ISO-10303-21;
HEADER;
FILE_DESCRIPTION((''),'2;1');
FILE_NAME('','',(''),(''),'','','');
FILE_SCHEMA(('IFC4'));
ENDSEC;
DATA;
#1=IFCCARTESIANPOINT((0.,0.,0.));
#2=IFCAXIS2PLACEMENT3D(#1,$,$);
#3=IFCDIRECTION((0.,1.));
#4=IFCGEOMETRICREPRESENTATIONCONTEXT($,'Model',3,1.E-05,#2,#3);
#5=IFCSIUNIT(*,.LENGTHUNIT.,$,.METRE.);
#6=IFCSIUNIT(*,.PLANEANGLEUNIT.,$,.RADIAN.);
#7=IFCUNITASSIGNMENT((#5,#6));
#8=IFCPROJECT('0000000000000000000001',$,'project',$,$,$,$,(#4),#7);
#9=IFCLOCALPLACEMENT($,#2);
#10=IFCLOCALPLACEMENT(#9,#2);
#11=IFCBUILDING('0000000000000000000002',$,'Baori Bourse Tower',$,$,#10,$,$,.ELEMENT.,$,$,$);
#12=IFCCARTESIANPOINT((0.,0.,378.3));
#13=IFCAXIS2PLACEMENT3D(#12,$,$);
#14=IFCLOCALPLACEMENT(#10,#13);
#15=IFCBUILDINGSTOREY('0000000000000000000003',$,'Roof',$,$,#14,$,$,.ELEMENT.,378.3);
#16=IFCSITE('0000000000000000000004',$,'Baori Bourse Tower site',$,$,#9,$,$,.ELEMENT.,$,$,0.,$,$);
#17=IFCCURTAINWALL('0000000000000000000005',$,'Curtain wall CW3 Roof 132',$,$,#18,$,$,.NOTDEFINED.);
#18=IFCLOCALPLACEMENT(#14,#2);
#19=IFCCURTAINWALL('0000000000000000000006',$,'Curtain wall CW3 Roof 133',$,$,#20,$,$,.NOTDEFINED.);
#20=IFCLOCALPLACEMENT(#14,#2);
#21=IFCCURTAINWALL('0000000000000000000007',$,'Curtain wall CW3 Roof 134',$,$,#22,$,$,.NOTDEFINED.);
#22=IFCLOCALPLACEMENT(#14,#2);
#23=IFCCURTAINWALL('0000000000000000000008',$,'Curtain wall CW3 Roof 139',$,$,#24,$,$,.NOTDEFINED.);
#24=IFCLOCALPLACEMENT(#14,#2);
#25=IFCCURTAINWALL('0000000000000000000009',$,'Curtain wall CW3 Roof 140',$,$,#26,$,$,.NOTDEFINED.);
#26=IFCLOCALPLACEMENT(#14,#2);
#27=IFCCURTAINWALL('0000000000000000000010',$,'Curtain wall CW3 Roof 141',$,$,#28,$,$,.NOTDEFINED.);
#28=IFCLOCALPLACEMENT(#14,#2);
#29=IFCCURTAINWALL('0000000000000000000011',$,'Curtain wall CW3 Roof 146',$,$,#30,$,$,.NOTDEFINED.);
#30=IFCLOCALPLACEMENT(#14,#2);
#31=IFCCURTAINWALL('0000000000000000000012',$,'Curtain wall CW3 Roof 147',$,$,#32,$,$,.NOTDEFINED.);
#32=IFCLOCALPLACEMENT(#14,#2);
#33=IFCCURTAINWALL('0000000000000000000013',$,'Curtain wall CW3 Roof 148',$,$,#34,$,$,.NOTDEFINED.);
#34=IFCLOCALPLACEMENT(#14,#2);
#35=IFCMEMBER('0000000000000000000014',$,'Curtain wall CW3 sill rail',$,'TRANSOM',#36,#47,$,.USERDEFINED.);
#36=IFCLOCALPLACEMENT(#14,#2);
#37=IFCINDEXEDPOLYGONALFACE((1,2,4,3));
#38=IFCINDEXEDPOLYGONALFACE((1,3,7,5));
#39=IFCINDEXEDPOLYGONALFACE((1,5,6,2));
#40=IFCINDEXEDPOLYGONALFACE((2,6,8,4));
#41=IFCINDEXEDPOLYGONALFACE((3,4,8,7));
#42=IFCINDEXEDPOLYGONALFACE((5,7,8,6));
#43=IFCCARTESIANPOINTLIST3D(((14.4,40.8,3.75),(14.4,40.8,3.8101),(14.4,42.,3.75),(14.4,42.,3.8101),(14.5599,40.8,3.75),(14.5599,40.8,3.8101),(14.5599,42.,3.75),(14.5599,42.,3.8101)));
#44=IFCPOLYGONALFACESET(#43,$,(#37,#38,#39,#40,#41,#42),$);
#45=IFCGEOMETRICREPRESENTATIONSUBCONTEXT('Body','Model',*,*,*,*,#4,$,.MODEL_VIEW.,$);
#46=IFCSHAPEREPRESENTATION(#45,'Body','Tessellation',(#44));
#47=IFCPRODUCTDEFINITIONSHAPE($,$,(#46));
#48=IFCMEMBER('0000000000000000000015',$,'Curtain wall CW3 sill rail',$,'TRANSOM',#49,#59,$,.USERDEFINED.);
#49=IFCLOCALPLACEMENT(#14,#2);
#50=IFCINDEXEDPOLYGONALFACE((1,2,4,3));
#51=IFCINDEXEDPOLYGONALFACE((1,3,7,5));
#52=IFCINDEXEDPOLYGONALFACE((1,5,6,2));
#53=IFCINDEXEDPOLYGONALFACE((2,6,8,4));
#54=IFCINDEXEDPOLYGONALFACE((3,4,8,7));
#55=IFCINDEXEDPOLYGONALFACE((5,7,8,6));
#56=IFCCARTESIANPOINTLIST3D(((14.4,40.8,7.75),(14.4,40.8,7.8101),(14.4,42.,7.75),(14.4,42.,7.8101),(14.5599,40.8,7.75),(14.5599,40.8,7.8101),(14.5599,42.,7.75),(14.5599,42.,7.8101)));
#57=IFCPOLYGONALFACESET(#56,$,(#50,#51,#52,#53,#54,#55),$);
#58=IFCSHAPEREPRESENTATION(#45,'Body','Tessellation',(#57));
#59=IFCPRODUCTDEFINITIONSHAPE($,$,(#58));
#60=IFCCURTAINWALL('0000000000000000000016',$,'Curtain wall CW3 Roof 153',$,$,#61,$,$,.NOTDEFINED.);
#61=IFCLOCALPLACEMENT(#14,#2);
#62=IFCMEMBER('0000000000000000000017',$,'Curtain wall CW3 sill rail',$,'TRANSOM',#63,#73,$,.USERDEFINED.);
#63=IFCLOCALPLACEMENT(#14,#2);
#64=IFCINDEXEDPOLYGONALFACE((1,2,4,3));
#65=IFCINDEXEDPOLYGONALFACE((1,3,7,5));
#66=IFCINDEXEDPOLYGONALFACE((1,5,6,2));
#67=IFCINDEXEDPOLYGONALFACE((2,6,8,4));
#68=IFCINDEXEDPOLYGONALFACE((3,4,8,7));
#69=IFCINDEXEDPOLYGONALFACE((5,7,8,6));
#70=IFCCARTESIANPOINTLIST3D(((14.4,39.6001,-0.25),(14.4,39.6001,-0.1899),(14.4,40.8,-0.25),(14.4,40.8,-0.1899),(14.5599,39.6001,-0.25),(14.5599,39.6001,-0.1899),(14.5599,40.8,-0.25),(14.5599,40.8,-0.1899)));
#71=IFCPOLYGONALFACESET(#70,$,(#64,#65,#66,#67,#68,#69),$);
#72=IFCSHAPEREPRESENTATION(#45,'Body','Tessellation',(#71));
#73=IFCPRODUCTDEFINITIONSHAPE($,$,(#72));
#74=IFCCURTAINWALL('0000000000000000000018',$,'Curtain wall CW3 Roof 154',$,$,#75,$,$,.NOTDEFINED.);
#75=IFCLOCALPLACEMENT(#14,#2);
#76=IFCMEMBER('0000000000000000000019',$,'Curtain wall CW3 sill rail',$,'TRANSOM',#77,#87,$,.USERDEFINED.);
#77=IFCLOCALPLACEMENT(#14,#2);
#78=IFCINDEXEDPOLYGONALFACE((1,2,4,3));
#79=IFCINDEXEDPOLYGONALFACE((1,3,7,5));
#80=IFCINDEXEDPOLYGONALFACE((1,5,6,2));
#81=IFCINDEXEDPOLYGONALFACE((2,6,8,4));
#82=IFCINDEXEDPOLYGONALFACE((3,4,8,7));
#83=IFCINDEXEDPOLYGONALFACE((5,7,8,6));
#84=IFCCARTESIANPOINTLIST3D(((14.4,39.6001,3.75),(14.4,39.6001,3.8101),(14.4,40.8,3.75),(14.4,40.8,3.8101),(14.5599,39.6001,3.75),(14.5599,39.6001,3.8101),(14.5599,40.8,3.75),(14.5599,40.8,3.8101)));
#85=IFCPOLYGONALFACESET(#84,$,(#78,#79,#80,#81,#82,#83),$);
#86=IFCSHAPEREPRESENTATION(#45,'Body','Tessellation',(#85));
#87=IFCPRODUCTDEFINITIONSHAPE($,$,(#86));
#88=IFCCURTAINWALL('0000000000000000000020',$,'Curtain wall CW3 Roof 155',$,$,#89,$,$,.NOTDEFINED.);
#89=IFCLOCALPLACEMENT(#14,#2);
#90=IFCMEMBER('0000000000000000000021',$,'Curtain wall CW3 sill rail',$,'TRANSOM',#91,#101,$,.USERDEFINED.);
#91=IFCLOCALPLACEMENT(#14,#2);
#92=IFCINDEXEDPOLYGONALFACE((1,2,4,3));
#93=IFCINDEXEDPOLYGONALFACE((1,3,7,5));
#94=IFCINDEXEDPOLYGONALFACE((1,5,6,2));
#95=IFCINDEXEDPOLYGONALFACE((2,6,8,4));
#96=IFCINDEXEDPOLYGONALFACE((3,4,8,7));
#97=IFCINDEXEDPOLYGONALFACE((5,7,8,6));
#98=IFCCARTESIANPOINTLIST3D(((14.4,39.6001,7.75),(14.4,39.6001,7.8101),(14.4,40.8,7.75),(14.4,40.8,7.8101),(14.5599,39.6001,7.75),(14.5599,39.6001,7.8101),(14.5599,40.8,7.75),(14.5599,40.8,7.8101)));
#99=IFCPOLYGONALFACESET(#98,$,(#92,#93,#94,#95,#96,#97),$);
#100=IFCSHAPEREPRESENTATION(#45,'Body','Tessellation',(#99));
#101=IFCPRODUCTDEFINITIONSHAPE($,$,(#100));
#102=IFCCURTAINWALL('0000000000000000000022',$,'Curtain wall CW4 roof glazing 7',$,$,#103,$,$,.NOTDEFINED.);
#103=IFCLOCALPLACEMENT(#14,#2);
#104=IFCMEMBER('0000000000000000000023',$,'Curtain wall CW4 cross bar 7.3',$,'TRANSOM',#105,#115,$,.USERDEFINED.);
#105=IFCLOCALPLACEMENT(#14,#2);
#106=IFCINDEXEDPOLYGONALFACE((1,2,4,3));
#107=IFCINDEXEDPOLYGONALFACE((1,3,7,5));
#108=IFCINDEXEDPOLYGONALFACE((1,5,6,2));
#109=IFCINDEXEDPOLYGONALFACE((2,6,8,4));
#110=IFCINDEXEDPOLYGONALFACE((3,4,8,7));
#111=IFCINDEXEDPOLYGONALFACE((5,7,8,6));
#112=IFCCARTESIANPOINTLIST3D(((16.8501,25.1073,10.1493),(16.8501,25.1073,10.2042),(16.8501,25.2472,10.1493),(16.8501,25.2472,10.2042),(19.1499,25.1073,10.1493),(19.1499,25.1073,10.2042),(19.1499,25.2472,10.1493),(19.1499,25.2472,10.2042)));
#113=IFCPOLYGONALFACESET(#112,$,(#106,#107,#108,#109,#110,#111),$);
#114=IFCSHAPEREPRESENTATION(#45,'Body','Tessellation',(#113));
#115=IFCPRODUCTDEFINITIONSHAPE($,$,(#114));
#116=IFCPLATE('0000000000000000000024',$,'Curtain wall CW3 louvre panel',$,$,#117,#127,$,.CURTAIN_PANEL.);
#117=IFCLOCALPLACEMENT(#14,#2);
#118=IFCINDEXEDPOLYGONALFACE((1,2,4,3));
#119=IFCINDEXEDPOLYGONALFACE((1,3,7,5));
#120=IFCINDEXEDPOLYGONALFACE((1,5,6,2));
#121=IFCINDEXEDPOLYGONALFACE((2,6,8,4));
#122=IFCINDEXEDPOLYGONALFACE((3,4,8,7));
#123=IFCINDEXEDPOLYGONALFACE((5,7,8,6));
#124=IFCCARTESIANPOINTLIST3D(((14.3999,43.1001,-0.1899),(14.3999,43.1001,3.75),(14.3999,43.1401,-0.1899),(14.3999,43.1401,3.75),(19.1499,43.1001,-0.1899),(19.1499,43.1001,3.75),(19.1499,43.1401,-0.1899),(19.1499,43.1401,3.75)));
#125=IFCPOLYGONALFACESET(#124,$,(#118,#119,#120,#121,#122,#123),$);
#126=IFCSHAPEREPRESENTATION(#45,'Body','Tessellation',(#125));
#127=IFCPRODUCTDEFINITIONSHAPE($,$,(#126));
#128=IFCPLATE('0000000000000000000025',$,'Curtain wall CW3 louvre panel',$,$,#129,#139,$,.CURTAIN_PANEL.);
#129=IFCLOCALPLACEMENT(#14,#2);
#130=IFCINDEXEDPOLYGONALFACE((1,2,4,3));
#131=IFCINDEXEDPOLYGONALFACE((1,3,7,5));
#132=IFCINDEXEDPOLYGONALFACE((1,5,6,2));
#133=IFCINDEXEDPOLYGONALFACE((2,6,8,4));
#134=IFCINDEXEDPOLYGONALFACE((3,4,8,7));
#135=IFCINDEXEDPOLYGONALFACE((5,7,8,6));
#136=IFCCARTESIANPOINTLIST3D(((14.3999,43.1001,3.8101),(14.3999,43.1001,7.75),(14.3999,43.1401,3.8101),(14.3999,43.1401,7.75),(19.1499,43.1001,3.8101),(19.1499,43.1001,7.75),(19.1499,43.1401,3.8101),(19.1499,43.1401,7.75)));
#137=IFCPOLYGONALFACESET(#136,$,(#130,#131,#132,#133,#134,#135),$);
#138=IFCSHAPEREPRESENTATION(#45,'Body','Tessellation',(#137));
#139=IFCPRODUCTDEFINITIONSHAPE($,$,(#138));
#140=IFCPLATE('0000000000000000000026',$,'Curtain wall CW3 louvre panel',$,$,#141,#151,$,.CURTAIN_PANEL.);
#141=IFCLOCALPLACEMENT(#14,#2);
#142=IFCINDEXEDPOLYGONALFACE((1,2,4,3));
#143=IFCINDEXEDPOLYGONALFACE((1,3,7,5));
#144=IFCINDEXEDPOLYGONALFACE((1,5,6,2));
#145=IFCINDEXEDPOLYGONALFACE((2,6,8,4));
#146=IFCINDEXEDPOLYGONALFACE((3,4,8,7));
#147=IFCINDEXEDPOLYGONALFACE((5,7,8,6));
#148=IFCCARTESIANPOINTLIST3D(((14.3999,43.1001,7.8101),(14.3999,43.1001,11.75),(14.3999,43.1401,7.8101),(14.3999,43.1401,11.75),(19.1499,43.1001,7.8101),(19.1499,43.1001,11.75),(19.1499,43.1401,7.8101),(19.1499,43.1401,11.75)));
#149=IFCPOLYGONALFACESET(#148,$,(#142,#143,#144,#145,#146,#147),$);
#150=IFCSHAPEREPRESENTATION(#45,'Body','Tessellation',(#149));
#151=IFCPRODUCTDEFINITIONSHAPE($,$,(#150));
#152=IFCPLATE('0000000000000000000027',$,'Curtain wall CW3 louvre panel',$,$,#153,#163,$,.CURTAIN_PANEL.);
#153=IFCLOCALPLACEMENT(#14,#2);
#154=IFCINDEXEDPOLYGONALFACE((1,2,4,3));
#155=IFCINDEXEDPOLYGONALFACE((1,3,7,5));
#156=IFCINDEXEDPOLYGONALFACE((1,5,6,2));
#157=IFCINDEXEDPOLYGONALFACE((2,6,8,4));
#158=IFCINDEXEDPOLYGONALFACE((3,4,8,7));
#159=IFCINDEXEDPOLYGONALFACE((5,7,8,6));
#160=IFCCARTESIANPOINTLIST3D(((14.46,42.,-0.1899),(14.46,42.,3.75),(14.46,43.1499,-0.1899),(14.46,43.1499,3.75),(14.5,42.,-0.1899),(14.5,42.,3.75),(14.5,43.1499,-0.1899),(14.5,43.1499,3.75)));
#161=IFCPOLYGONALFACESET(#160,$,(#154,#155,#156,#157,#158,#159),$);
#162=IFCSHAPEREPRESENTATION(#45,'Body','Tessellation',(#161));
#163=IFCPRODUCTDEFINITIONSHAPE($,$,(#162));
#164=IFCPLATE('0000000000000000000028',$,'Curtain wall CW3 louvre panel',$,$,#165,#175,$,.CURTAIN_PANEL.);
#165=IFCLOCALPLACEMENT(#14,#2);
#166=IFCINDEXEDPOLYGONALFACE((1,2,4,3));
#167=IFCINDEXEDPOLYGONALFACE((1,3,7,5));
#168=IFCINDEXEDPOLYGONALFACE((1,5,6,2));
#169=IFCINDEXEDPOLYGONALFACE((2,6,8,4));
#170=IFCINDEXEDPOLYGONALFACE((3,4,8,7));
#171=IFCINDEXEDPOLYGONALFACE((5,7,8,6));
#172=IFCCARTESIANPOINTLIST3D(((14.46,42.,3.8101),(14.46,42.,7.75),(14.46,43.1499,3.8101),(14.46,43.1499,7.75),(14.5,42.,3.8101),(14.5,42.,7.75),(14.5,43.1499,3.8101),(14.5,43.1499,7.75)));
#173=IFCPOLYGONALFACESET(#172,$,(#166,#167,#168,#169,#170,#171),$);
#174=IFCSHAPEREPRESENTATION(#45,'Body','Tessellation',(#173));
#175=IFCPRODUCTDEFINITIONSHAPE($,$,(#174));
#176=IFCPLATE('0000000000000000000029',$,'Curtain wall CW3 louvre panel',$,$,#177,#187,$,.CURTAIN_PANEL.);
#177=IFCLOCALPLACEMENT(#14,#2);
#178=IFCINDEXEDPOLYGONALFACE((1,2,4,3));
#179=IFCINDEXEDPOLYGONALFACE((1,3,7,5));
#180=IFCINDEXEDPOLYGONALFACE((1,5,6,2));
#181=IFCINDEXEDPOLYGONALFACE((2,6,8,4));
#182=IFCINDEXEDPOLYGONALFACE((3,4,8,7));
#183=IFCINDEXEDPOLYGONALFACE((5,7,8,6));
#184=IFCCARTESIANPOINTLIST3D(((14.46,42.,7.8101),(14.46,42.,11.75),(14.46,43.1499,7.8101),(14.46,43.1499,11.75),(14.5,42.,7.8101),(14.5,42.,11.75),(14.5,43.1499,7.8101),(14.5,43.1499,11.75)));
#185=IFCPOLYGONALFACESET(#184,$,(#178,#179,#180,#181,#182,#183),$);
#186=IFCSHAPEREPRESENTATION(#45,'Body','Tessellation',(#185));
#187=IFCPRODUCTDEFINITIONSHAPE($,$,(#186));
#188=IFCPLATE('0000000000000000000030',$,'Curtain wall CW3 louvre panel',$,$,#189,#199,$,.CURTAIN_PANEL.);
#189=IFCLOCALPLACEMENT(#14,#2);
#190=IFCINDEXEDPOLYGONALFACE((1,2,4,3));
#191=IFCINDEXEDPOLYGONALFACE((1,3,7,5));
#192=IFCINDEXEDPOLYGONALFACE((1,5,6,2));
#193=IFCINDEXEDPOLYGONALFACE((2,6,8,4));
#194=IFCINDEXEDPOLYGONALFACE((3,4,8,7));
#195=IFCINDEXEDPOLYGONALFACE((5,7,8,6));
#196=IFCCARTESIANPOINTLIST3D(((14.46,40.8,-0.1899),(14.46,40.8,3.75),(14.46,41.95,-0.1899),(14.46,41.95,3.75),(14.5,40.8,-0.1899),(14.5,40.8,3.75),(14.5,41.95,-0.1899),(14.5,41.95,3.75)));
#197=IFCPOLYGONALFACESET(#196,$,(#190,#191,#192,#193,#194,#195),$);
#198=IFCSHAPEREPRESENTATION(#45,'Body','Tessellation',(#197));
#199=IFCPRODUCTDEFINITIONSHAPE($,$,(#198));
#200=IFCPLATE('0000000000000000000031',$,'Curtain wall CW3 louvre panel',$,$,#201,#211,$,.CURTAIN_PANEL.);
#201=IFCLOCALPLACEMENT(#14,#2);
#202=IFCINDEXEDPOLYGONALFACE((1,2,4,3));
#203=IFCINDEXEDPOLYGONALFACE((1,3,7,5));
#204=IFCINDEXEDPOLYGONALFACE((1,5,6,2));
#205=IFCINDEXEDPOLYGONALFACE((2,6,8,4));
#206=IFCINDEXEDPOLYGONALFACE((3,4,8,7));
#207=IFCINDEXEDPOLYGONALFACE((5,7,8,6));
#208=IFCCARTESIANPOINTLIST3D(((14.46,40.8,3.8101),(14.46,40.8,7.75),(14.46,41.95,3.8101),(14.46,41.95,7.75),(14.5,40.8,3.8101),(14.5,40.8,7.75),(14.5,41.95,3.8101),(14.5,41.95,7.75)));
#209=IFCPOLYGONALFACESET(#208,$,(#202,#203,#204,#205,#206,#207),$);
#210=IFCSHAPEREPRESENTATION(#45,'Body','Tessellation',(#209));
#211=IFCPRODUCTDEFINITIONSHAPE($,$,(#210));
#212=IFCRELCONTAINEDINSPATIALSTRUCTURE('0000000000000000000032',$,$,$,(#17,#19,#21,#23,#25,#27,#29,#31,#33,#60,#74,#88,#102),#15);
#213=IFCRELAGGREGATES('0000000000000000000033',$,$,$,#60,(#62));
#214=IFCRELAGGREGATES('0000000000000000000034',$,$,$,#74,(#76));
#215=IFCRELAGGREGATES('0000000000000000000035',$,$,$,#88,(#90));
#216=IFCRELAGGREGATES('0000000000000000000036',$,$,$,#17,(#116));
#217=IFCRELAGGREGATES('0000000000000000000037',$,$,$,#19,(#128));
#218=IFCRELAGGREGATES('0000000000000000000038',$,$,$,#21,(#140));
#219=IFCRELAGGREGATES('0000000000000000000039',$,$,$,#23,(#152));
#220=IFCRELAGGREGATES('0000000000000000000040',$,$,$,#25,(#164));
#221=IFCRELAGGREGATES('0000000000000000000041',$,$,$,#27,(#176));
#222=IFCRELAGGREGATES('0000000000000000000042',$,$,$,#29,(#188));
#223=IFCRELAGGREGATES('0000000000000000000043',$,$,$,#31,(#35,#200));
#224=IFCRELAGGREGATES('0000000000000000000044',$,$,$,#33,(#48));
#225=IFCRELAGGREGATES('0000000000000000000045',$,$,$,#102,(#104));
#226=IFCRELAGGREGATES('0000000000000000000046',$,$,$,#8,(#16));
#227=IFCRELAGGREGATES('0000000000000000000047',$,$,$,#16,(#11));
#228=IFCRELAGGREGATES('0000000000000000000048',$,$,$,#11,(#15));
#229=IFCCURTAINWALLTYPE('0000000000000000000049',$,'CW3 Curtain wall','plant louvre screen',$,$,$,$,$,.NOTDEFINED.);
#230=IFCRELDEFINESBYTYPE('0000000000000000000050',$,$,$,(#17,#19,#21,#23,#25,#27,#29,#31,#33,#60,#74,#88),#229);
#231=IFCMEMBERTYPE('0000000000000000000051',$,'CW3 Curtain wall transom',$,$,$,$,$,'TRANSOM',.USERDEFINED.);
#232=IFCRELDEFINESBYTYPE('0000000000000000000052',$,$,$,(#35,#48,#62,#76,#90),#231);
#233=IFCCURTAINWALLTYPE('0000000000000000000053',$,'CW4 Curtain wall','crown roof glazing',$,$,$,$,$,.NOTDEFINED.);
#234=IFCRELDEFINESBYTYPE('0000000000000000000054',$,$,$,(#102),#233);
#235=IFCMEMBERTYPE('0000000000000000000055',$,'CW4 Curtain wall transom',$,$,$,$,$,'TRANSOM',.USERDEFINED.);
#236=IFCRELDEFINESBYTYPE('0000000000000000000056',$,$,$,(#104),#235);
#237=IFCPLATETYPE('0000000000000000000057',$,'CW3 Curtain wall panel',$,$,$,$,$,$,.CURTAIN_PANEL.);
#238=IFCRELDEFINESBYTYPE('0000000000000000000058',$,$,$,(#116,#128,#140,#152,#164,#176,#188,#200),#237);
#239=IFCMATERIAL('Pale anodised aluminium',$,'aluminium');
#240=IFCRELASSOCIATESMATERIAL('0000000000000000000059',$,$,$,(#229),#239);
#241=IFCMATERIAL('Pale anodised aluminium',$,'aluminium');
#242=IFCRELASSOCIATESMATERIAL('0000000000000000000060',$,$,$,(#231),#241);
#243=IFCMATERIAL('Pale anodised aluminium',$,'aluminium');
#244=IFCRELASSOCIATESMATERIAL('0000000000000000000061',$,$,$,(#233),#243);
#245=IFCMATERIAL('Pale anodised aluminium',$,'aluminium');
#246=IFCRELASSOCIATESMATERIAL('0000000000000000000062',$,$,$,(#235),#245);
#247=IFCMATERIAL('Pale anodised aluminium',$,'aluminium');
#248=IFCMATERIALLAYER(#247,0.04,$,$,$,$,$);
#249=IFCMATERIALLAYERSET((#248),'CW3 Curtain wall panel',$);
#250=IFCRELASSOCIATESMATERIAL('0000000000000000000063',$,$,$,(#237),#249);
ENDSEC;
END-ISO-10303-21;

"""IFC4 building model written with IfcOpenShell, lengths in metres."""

from ifc_helpers import new_model, si_unit, direction, frame, origin, origin_2d, place, context, subcontext, project, spatial, rectangle, extrude, material, layer, layer_set, material_profile, profile_set, type_object, element, aggregate, save


model = new_model("IFC4")

# Units and contexts
model_context = context("Model", 3, precision=1e-05, world=origin(), true_north=direction((0.0, 1.0)))
body_context = subcontext(model_context, "Body", "Model", "MODEL_VIEW")
ifc_project = project(units=[si_unit("LENGTHUNIT", "METRE"), si_unit("PLANEANGLEUNIT", "RADIAN")], contexts=[model_context])

# Site, building, storey
site_placement = place(None, origin())
site = spatial("IfcSite", under=ifc_project, at=site_placement, Name="Baori Bourse Tower site", CompositionType="ELEMENT", RefElevation=0.0)
building_placement = place(site_placement, origin())
building = spatial("IfcBuilding", under=site, at=building_placement, Name="Baori Bourse Tower", CompositionType="ELEMENT")
storey_placement = place(building_placement, frame((0.0, 0.0, 378.3)))
storey = spatial("IfcBuildingStorey", under=building, at=storey_placement, Name="Roof", CompositionType="ELEMENT", Elevation=378.3)

# Curtain walls
ifc_material_1 = material(Name="Pale anodised aluminium", Category="aluminium")
curtain_wall_type_1 = type_object("IfcCurtainWallType", Name="CW3 Curtain wall", Description="plant louvre screen", PredefinedType="NOTDEFINED", material=ifc_material_1)
curtain_wall_1_placement = place(storey_placement, origin())
curtain_wall_1 = element("IfcCurtainWall", 1, at=curtain_wall_1_placement, inside=storey, type_object=curtain_wall_type_1, Name="Curtain wall CW3 Roof 132", PredefinedType="NOTDEFINED")
curtain_wall_2_placement = place(storey_placement, origin())
curtain_wall_2 = element("IfcCurtainWall", 2, at=curtain_wall_2_placement, inside=storey, type_object=curtain_wall_type_1, Name="Curtain wall CW3 Roof 133", PredefinedType="NOTDEFINED")
curtain_wall_3_placement = place(storey_placement, origin())
curtain_wall_3 = element("IfcCurtainWall", 3, at=curtain_wall_3_placement, inside=storey, type_object=curtain_wall_type_1, Name="Curtain wall CW3 Roof 134", PredefinedType="NOTDEFINED")
curtain_wall_4_placement = place(storey_placement, origin())
curtain_wall_4 = element("IfcCurtainWall", 4, at=curtain_wall_4_placement, inside=storey, type_object=curtain_wall_type_1, Name="Curtain wall CW3 Roof 139", PredefinedType="NOTDEFINED")
curtain_wall_5_placement = place(storey_placement, origin())
curtain_wall_5 = element("IfcCurtainWall", 5, at=curtain_wall_5_placement, inside=storey, type_object=curtain_wall_type_1, Name="Curtain wall CW3 Roof 140", PredefinedType="NOTDEFINED")
curtain_wall_6_placement = place(storey_placement, origin())
curtain_wall_6 = element("IfcCurtainWall", 6, at=curtain_wall_6_placement, inside=storey, type_object=curtain_wall_type_1, Name="Curtain wall CW3 Roof 141", PredefinedType="NOTDEFINED")
curtain_wall_7_placement = place(storey_placement, origin())
curtain_wall_7 = element("IfcCurtainWall", 7, at=curtain_wall_7_placement, inside=storey, type_object=curtain_wall_type_1, Name="Curtain wall CW3 Roof 146", PredefinedType="NOTDEFINED")
curtain_wall_8_placement = place(storey_placement, origin())
curtain_wall_8 = element("IfcCurtainWall", 8, at=curtain_wall_8_placement, inside=storey, type_object=curtain_wall_type_1, Name="Curtain wall CW3 Roof 147", PredefinedType="NOTDEFINED")
curtain_wall_9_placement = place(storey_placement, origin())
curtain_wall_9 = element("IfcCurtainWall", 9, at=curtain_wall_9_placement, inside=storey, type_object=curtain_wall_type_1, Name="Curtain wall CW3 Roof 148", PredefinedType="NOTDEFINED")

# Members
ifc_material_2 = material(Name="Pale anodised aluminium", Category="aluminium")
ifc_material_profile_1 = material_profile(ifc_material_2, rectangle(XDim=0.1599, YDim=0.0601, at=origin_2d()), Name="Transom 60x160")
ifc_profile_set_1 = profile_set([ifc_material_profile_1], Name="Pale anodised aluminium")
member_type_1 = type_object("IfcMemberType", Name="CW3 Curtain wall transom", ElementType="TRANSOM", PredefinedType="USERDEFINED", material=ifc_profile_set_1)
member_1_placement = place(storey_placement, frame((14.48, 42.0, 3.78), z_axis=(0.0, -1.0, 0.0), x_axis=(1.0, 0.0, 0.0)))
member_1 = element("IfcMember", 10, at=member_1_placement, type_object=member_type_1, Name="Curtain wall CW3 sill rail", ObjectType="TRANSOM", PredefinedType="USERDEFINED", context=body_context, shape_type="SweptSolid", body=[
    extrude(rectangle(XDim=0.1599, YDim=0.0601, at=origin_2d()), origin(), (0.0, 0.0, 1.0), 1.2),
])
member_2_placement = place(storey_placement, frame((14.48, 42.0, 7.78), z_axis=(0.0, -1.0, 0.0), x_axis=(1.0, 0.0, 0.0)))
member_2 = element("IfcMember", 11, at=member_2_placement, type_object=member_type_1, Name="Curtain wall CW3 sill rail", ObjectType="TRANSOM", PredefinedType="USERDEFINED", context=body_context, shape_type="SweptSolid", body=[
    extrude(rectangle(XDim=0.1599, YDim=0.0601, at=origin_2d()), origin(), (0.0, 0.0, 1.0), 1.2),
])

# Curtain walls, members
curtain_wall_10_placement = place(storey_placement, origin())
curtain_wall_10 = element("IfcCurtainWall", 12, at=curtain_wall_10_placement, inside=storey, type_object=curtain_wall_type_1, Name="Curtain wall CW3 Roof 153", PredefinedType="NOTDEFINED")
member_3_placement = place(storey_placement, frame((14.48, 40.8, -0.22), z_axis=(0.0, -1.0, 0.0), x_axis=(1.0, 0.0, 0.0)))
member_3 = element("IfcMember", 13, at=member_3_placement, type_object=member_type_1, Name="Curtain wall CW3 sill rail", ObjectType="TRANSOM", PredefinedType="USERDEFINED", context=body_context, shape_type="SweptSolid", body=[
    extrude(rectangle(XDim=0.1599, YDim=0.0601, at=origin_2d()), origin(), (0.0, 0.0, 1.0), 1.2),
])
aggregate(curtain_wall_10, [member_3])
curtain_wall_11_placement = place(storey_placement, origin())
curtain_wall_11 = element("IfcCurtainWall", 14, at=curtain_wall_11_placement, inside=storey, type_object=curtain_wall_type_1, Name="Curtain wall CW3 Roof 154", PredefinedType="NOTDEFINED")
member_4_placement = place(storey_placement, frame((14.48, 40.8, 3.78), z_axis=(0.0, -1.0, 0.0), x_axis=(1.0, 0.0, 0.0)))
member_4 = element("IfcMember", 15, at=member_4_placement, type_object=member_type_1, Name="Curtain wall CW3 sill rail", ObjectType="TRANSOM", PredefinedType="USERDEFINED", context=body_context, shape_type="SweptSolid", body=[
    extrude(rectangle(XDim=0.1599, YDim=0.0601, at=origin_2d()), origin(), (0.0, 0.0, 1.0), 1.2),
])
aggregate(curtain_wall_11, [member_4])
curtain_wall_12_placement = place(storey_placement, origin())
curtain_wall_12 = element("IfcCurtainWall", 16, at=curtain_wall_12_placement, inside=storey, type_object=curtain_wall_type_1, Name="Curtain wall CW3 Roof 155", PredefinedType="NOTDEFINED")
member_5_placement = place(storey_placement, frame((14.48, 40.8, 7.78), z_axis=(0.0, -1.0, 0.0), x_axis=(1.0, 0.0, 0.0)))
member_5 = element("IfcMember", 17, at=member_5_placement, type_object=member_type_1, Name="Curtain wall CW3 sill rail", ObjectType="TRANSOM", PredefinedType="USERDEFINED", context=body_context, shape_type="SweptSolid", body=[
    extrude(rectangle(XDim=0.1599, YDim=0.0601, at=origin_2d()), origin(), (0.0, 0.0, 1.0), 1.2),
])
aggregate(curtain_wall_12, [member_5])
ifc_material_3 = material(Name="Pale anodised aluminium", Category="aluminium")
curtain_wall_type_2 = type_object("IfcCurtainWallType", Name="CW4 Curtain wall", Description="crown roof glazing", PredefinedType="NOTDEFINED", material=ifc_material_3)
curtain_wall_13_placement = place(storey_placement, origin())
curtain_wall_13 = element("IfcCurtainWall", 18, at=curtain_wall_13_placement, inside=storey, type_object=curtain_wall_type_2, Name="Curtain wall CW4 roof glazing 7", PredefinedType="NOTDEFINED")
ifc_material_4 = material(Name="Pale anodised aluminium", Category="aluminium")
ifc_material_profile_2 = material_profile(ifc_material_4, rectangle(XDim=0.1399, YDim=0.0549, at=origin_2d()), Name="Transom 55x140")
ifc_profile_set_2 = profile_set([ifc_material_profile_2], Name="Pale anodised aluminium")
member_type_2 = type_object("IfcMemberType", Name="CW4 Curtain wall transom", ElementType="TRANSOM", PredefinedType="USERDEFINED", material=ifc_profile_set_2)
member_6_placement = place(storey_placement, frame((16.8501, 25.1772, 10.1768), z_axis=(1.0, 0.0, 0.0), x_axis=(0.0, 1.0, 0.0)))
member_6 = element("IfcMember", 19, at=member_6_placement, type_object=member_type_2, Name="Curtain wall CW4 cross bar 7.3", ObjectType="TRANSOM", PredefinedType="USERDEFINED", context=body_context, shape_type="SweptSolid", body=[
    extrude(rectangle(XDim=0.1399, YDim=0.0549, at=origin_2d()), origin(), (0.0, 0.0, 1.0), 2.2998),
])

# Plates
ifc_material_5 = material(Name="Pale anodised aluminium", Category="aluminium")
ifc_layer_1 = layer(ifc_material_5, 0.04)
ifc_layer_set_1 = layer_set([ifc_layer_1], Name="CW3 Curtain wall panel")
plate_type_1 = type_object("IfcPlateType", Name="CW3 Curtain wall panel", PredefinedType="CURTAIN_PANEL", material=ifc_layer_set_1)
plate_1_placement = place(storey_placement, frame((16.7749, 43.1201, -0.1899), z_axis=(0.0, 0.0, 1.0), x_axis=(-1.0, 0.0, 0.0)))
plate_1 = element("IfcPlate", 20, at=plate_1_placement, type_object=plate_type_1, Name="Curtain wall CW3 louvre panel", PredefinedType="CURTAIN_PANEL", context=body_context, shape_type="SweptSolid", body=[
    extrude(rectangle(XDim=4.75, YDim=0.04, at=origin_2d()), origin(), (0.0, 0.0, 1.0), 3.9399),
])
aggregate(curtain_wall_1, [plate_1])
plate_2_placement = place(storey_placement, frame((16.7749, 43.1201, 3.8101), z_axis=(0.0, 0.0, 1.0), x_axis=(-1.0, 0.0, 0.0)))
plate_2 = element("IfcPlate", 21, at=plate_2_placement, type_object=plate_type_1, Name="Curtain wall CW3 louvre panel", PredefinedType="CURTAIN_PANEL", context=body_context, shape_type="SweptSolid", body=[
    extrude(rectangle(XDim=4.75, YDim=0.04, at=origin_2d()), origin(), (0.0, 0.0, 1.0), 3.9399),
])
aggregate(curtain_wall_2, [plate_2])
plate_3_placement = place(storey_placement, frame((16.7749, 43.1201, 7.8101), z_axis=(0.0, 0.0, 1.0), x_axis=(-1.0, 0.0, 0.0)))
plate_3 = element("IfcPlate", 22, at=plate_3_placement, type_object=plate_type_1, Name="Curtain wall CW3 louvre panel", PredefinedType="CURTAIN_PANEL", context=body_context, shape_type="SweptSolid", body=[
    extrude(rectangle(XDim=4.75, YDim=0.04, at=origin_2d()), origin(), (0.0, 0.0, 1.0), 3.9399),
])
aggregate(curtain_wall_3, [plate_3])
plate_4_placement = place(storey_placement, frame((14.48, 42.575, -0.1899), z_axis=(0.0, 0.0, 1.0), x_axis=(0.0, -1.0, 0.0)))
plate_4 = element("IfcPlate", 23, at=plate_4_placement, type_object=plate_type_1, Name="Curtain wall CW3 louvre panel", PredefinedType="CURTAIN_PANEL", context=body_context, shape_type="SweptSolid", body=[
    extrude(rectangle(XDim=1.1499, YDim=0.04, at=origin_2d()), origin(), (0.0, 0.0, 1.0), 3.9399),
])
aggregate(curtain_wall_4, [plate_4])
plate_5_placement = place(storey_placement, frame((14.48, 42.575, 3.8101), z_axis=(0.0, 0.0, 1.0), x_axis=(0.0, -1.0, 0.0)))
plate_5 = element("IfcPlate", 24, at=plate_5_placement, type_object=plate_type_1, Name="Curtain wall CW3 louvre panel", PredefinedType="CURTAIN_PANEL", context=body_context, shape_type="SweptSolid", body=[
    extrude(rectangle(XDim=1.1499, YDim=0.04, at=origin_2d()), origin(), (0.0, 0.0, 1.0), 3.9399),
])
aggregate(curtain_wall_5, [plate_5])
plate_6_placement = place(storey_placement, frame((14.48, 42.575, 7.8101), z_axis=(0.0, 0.0, 1.0), x_axis=(0.0, -1.0, 0.0)))
plate_6 = element("IfcPlate", 25, at=plate_6_placement, type_object=plate_type_1, Name="Curtain wall CW3 louvre panel", PredefinedType="CURTAIN_PANEL", context=body_context, shape_type="SweptSolid", body=[
    extrude(rectangle(XDim=1.1499, YDim=0.04, at=origin_2d()), origin(), (0.0, 0.0, 1.0), 3.9399),
])
aggregate(curtain_wall_6, [plate_6])
plate_7_placement = place(storey_placement, frame((14.48, 41.375, -0.1899), z_axis=(0.0, 0.0, 1.0), x_axis=(0.0, -1.0, 0.0)))
plate_7 = element("IfcPlate", 26, at=plate_7_placement, type_object=plate_type_1, Name="Curtain wall CW3 louvre panel", PredefinedType="CURTAIN_PANEL", context=body_context, shape_type="SweptSolid", body=[
    extrude(rectangle(XDim=1.1499, YDim=0.04, at=origin_2d()), origin(), (0.0, 0.0, 1.0), 3.9399),
])
aggregate(curtain_wall_7, [plate_7])
plate_8_placement = place(storey_placement, frame((14.48, 41.375, 3.8101), z_axis=(0.0, 0.0, 1.0), x_axis=(0.0, -1.0, 0.0)))
plate_8 = element("IfcPlate", 27, at=plate_8_placement, type_object=plate_type_1, Name="Curtain wall CW3 louvre panel", PredefinedType="CURTAIN_PANEL", context=body_context, shape_type="SweptSolid", body=[
    extrude(rectangle(XDim=1.1499, YDim=0.04, at=origin_2d()), origin(), (0.0, 0.0, 1.0), 3.9399),
])
aggregate(curtain_wall_8, [member_1, plate_8])
aggregate(curtain_wall_9, [member_2])
aggregate(curtain_wall_13, [member_6])

save(model, "model.ifc")
